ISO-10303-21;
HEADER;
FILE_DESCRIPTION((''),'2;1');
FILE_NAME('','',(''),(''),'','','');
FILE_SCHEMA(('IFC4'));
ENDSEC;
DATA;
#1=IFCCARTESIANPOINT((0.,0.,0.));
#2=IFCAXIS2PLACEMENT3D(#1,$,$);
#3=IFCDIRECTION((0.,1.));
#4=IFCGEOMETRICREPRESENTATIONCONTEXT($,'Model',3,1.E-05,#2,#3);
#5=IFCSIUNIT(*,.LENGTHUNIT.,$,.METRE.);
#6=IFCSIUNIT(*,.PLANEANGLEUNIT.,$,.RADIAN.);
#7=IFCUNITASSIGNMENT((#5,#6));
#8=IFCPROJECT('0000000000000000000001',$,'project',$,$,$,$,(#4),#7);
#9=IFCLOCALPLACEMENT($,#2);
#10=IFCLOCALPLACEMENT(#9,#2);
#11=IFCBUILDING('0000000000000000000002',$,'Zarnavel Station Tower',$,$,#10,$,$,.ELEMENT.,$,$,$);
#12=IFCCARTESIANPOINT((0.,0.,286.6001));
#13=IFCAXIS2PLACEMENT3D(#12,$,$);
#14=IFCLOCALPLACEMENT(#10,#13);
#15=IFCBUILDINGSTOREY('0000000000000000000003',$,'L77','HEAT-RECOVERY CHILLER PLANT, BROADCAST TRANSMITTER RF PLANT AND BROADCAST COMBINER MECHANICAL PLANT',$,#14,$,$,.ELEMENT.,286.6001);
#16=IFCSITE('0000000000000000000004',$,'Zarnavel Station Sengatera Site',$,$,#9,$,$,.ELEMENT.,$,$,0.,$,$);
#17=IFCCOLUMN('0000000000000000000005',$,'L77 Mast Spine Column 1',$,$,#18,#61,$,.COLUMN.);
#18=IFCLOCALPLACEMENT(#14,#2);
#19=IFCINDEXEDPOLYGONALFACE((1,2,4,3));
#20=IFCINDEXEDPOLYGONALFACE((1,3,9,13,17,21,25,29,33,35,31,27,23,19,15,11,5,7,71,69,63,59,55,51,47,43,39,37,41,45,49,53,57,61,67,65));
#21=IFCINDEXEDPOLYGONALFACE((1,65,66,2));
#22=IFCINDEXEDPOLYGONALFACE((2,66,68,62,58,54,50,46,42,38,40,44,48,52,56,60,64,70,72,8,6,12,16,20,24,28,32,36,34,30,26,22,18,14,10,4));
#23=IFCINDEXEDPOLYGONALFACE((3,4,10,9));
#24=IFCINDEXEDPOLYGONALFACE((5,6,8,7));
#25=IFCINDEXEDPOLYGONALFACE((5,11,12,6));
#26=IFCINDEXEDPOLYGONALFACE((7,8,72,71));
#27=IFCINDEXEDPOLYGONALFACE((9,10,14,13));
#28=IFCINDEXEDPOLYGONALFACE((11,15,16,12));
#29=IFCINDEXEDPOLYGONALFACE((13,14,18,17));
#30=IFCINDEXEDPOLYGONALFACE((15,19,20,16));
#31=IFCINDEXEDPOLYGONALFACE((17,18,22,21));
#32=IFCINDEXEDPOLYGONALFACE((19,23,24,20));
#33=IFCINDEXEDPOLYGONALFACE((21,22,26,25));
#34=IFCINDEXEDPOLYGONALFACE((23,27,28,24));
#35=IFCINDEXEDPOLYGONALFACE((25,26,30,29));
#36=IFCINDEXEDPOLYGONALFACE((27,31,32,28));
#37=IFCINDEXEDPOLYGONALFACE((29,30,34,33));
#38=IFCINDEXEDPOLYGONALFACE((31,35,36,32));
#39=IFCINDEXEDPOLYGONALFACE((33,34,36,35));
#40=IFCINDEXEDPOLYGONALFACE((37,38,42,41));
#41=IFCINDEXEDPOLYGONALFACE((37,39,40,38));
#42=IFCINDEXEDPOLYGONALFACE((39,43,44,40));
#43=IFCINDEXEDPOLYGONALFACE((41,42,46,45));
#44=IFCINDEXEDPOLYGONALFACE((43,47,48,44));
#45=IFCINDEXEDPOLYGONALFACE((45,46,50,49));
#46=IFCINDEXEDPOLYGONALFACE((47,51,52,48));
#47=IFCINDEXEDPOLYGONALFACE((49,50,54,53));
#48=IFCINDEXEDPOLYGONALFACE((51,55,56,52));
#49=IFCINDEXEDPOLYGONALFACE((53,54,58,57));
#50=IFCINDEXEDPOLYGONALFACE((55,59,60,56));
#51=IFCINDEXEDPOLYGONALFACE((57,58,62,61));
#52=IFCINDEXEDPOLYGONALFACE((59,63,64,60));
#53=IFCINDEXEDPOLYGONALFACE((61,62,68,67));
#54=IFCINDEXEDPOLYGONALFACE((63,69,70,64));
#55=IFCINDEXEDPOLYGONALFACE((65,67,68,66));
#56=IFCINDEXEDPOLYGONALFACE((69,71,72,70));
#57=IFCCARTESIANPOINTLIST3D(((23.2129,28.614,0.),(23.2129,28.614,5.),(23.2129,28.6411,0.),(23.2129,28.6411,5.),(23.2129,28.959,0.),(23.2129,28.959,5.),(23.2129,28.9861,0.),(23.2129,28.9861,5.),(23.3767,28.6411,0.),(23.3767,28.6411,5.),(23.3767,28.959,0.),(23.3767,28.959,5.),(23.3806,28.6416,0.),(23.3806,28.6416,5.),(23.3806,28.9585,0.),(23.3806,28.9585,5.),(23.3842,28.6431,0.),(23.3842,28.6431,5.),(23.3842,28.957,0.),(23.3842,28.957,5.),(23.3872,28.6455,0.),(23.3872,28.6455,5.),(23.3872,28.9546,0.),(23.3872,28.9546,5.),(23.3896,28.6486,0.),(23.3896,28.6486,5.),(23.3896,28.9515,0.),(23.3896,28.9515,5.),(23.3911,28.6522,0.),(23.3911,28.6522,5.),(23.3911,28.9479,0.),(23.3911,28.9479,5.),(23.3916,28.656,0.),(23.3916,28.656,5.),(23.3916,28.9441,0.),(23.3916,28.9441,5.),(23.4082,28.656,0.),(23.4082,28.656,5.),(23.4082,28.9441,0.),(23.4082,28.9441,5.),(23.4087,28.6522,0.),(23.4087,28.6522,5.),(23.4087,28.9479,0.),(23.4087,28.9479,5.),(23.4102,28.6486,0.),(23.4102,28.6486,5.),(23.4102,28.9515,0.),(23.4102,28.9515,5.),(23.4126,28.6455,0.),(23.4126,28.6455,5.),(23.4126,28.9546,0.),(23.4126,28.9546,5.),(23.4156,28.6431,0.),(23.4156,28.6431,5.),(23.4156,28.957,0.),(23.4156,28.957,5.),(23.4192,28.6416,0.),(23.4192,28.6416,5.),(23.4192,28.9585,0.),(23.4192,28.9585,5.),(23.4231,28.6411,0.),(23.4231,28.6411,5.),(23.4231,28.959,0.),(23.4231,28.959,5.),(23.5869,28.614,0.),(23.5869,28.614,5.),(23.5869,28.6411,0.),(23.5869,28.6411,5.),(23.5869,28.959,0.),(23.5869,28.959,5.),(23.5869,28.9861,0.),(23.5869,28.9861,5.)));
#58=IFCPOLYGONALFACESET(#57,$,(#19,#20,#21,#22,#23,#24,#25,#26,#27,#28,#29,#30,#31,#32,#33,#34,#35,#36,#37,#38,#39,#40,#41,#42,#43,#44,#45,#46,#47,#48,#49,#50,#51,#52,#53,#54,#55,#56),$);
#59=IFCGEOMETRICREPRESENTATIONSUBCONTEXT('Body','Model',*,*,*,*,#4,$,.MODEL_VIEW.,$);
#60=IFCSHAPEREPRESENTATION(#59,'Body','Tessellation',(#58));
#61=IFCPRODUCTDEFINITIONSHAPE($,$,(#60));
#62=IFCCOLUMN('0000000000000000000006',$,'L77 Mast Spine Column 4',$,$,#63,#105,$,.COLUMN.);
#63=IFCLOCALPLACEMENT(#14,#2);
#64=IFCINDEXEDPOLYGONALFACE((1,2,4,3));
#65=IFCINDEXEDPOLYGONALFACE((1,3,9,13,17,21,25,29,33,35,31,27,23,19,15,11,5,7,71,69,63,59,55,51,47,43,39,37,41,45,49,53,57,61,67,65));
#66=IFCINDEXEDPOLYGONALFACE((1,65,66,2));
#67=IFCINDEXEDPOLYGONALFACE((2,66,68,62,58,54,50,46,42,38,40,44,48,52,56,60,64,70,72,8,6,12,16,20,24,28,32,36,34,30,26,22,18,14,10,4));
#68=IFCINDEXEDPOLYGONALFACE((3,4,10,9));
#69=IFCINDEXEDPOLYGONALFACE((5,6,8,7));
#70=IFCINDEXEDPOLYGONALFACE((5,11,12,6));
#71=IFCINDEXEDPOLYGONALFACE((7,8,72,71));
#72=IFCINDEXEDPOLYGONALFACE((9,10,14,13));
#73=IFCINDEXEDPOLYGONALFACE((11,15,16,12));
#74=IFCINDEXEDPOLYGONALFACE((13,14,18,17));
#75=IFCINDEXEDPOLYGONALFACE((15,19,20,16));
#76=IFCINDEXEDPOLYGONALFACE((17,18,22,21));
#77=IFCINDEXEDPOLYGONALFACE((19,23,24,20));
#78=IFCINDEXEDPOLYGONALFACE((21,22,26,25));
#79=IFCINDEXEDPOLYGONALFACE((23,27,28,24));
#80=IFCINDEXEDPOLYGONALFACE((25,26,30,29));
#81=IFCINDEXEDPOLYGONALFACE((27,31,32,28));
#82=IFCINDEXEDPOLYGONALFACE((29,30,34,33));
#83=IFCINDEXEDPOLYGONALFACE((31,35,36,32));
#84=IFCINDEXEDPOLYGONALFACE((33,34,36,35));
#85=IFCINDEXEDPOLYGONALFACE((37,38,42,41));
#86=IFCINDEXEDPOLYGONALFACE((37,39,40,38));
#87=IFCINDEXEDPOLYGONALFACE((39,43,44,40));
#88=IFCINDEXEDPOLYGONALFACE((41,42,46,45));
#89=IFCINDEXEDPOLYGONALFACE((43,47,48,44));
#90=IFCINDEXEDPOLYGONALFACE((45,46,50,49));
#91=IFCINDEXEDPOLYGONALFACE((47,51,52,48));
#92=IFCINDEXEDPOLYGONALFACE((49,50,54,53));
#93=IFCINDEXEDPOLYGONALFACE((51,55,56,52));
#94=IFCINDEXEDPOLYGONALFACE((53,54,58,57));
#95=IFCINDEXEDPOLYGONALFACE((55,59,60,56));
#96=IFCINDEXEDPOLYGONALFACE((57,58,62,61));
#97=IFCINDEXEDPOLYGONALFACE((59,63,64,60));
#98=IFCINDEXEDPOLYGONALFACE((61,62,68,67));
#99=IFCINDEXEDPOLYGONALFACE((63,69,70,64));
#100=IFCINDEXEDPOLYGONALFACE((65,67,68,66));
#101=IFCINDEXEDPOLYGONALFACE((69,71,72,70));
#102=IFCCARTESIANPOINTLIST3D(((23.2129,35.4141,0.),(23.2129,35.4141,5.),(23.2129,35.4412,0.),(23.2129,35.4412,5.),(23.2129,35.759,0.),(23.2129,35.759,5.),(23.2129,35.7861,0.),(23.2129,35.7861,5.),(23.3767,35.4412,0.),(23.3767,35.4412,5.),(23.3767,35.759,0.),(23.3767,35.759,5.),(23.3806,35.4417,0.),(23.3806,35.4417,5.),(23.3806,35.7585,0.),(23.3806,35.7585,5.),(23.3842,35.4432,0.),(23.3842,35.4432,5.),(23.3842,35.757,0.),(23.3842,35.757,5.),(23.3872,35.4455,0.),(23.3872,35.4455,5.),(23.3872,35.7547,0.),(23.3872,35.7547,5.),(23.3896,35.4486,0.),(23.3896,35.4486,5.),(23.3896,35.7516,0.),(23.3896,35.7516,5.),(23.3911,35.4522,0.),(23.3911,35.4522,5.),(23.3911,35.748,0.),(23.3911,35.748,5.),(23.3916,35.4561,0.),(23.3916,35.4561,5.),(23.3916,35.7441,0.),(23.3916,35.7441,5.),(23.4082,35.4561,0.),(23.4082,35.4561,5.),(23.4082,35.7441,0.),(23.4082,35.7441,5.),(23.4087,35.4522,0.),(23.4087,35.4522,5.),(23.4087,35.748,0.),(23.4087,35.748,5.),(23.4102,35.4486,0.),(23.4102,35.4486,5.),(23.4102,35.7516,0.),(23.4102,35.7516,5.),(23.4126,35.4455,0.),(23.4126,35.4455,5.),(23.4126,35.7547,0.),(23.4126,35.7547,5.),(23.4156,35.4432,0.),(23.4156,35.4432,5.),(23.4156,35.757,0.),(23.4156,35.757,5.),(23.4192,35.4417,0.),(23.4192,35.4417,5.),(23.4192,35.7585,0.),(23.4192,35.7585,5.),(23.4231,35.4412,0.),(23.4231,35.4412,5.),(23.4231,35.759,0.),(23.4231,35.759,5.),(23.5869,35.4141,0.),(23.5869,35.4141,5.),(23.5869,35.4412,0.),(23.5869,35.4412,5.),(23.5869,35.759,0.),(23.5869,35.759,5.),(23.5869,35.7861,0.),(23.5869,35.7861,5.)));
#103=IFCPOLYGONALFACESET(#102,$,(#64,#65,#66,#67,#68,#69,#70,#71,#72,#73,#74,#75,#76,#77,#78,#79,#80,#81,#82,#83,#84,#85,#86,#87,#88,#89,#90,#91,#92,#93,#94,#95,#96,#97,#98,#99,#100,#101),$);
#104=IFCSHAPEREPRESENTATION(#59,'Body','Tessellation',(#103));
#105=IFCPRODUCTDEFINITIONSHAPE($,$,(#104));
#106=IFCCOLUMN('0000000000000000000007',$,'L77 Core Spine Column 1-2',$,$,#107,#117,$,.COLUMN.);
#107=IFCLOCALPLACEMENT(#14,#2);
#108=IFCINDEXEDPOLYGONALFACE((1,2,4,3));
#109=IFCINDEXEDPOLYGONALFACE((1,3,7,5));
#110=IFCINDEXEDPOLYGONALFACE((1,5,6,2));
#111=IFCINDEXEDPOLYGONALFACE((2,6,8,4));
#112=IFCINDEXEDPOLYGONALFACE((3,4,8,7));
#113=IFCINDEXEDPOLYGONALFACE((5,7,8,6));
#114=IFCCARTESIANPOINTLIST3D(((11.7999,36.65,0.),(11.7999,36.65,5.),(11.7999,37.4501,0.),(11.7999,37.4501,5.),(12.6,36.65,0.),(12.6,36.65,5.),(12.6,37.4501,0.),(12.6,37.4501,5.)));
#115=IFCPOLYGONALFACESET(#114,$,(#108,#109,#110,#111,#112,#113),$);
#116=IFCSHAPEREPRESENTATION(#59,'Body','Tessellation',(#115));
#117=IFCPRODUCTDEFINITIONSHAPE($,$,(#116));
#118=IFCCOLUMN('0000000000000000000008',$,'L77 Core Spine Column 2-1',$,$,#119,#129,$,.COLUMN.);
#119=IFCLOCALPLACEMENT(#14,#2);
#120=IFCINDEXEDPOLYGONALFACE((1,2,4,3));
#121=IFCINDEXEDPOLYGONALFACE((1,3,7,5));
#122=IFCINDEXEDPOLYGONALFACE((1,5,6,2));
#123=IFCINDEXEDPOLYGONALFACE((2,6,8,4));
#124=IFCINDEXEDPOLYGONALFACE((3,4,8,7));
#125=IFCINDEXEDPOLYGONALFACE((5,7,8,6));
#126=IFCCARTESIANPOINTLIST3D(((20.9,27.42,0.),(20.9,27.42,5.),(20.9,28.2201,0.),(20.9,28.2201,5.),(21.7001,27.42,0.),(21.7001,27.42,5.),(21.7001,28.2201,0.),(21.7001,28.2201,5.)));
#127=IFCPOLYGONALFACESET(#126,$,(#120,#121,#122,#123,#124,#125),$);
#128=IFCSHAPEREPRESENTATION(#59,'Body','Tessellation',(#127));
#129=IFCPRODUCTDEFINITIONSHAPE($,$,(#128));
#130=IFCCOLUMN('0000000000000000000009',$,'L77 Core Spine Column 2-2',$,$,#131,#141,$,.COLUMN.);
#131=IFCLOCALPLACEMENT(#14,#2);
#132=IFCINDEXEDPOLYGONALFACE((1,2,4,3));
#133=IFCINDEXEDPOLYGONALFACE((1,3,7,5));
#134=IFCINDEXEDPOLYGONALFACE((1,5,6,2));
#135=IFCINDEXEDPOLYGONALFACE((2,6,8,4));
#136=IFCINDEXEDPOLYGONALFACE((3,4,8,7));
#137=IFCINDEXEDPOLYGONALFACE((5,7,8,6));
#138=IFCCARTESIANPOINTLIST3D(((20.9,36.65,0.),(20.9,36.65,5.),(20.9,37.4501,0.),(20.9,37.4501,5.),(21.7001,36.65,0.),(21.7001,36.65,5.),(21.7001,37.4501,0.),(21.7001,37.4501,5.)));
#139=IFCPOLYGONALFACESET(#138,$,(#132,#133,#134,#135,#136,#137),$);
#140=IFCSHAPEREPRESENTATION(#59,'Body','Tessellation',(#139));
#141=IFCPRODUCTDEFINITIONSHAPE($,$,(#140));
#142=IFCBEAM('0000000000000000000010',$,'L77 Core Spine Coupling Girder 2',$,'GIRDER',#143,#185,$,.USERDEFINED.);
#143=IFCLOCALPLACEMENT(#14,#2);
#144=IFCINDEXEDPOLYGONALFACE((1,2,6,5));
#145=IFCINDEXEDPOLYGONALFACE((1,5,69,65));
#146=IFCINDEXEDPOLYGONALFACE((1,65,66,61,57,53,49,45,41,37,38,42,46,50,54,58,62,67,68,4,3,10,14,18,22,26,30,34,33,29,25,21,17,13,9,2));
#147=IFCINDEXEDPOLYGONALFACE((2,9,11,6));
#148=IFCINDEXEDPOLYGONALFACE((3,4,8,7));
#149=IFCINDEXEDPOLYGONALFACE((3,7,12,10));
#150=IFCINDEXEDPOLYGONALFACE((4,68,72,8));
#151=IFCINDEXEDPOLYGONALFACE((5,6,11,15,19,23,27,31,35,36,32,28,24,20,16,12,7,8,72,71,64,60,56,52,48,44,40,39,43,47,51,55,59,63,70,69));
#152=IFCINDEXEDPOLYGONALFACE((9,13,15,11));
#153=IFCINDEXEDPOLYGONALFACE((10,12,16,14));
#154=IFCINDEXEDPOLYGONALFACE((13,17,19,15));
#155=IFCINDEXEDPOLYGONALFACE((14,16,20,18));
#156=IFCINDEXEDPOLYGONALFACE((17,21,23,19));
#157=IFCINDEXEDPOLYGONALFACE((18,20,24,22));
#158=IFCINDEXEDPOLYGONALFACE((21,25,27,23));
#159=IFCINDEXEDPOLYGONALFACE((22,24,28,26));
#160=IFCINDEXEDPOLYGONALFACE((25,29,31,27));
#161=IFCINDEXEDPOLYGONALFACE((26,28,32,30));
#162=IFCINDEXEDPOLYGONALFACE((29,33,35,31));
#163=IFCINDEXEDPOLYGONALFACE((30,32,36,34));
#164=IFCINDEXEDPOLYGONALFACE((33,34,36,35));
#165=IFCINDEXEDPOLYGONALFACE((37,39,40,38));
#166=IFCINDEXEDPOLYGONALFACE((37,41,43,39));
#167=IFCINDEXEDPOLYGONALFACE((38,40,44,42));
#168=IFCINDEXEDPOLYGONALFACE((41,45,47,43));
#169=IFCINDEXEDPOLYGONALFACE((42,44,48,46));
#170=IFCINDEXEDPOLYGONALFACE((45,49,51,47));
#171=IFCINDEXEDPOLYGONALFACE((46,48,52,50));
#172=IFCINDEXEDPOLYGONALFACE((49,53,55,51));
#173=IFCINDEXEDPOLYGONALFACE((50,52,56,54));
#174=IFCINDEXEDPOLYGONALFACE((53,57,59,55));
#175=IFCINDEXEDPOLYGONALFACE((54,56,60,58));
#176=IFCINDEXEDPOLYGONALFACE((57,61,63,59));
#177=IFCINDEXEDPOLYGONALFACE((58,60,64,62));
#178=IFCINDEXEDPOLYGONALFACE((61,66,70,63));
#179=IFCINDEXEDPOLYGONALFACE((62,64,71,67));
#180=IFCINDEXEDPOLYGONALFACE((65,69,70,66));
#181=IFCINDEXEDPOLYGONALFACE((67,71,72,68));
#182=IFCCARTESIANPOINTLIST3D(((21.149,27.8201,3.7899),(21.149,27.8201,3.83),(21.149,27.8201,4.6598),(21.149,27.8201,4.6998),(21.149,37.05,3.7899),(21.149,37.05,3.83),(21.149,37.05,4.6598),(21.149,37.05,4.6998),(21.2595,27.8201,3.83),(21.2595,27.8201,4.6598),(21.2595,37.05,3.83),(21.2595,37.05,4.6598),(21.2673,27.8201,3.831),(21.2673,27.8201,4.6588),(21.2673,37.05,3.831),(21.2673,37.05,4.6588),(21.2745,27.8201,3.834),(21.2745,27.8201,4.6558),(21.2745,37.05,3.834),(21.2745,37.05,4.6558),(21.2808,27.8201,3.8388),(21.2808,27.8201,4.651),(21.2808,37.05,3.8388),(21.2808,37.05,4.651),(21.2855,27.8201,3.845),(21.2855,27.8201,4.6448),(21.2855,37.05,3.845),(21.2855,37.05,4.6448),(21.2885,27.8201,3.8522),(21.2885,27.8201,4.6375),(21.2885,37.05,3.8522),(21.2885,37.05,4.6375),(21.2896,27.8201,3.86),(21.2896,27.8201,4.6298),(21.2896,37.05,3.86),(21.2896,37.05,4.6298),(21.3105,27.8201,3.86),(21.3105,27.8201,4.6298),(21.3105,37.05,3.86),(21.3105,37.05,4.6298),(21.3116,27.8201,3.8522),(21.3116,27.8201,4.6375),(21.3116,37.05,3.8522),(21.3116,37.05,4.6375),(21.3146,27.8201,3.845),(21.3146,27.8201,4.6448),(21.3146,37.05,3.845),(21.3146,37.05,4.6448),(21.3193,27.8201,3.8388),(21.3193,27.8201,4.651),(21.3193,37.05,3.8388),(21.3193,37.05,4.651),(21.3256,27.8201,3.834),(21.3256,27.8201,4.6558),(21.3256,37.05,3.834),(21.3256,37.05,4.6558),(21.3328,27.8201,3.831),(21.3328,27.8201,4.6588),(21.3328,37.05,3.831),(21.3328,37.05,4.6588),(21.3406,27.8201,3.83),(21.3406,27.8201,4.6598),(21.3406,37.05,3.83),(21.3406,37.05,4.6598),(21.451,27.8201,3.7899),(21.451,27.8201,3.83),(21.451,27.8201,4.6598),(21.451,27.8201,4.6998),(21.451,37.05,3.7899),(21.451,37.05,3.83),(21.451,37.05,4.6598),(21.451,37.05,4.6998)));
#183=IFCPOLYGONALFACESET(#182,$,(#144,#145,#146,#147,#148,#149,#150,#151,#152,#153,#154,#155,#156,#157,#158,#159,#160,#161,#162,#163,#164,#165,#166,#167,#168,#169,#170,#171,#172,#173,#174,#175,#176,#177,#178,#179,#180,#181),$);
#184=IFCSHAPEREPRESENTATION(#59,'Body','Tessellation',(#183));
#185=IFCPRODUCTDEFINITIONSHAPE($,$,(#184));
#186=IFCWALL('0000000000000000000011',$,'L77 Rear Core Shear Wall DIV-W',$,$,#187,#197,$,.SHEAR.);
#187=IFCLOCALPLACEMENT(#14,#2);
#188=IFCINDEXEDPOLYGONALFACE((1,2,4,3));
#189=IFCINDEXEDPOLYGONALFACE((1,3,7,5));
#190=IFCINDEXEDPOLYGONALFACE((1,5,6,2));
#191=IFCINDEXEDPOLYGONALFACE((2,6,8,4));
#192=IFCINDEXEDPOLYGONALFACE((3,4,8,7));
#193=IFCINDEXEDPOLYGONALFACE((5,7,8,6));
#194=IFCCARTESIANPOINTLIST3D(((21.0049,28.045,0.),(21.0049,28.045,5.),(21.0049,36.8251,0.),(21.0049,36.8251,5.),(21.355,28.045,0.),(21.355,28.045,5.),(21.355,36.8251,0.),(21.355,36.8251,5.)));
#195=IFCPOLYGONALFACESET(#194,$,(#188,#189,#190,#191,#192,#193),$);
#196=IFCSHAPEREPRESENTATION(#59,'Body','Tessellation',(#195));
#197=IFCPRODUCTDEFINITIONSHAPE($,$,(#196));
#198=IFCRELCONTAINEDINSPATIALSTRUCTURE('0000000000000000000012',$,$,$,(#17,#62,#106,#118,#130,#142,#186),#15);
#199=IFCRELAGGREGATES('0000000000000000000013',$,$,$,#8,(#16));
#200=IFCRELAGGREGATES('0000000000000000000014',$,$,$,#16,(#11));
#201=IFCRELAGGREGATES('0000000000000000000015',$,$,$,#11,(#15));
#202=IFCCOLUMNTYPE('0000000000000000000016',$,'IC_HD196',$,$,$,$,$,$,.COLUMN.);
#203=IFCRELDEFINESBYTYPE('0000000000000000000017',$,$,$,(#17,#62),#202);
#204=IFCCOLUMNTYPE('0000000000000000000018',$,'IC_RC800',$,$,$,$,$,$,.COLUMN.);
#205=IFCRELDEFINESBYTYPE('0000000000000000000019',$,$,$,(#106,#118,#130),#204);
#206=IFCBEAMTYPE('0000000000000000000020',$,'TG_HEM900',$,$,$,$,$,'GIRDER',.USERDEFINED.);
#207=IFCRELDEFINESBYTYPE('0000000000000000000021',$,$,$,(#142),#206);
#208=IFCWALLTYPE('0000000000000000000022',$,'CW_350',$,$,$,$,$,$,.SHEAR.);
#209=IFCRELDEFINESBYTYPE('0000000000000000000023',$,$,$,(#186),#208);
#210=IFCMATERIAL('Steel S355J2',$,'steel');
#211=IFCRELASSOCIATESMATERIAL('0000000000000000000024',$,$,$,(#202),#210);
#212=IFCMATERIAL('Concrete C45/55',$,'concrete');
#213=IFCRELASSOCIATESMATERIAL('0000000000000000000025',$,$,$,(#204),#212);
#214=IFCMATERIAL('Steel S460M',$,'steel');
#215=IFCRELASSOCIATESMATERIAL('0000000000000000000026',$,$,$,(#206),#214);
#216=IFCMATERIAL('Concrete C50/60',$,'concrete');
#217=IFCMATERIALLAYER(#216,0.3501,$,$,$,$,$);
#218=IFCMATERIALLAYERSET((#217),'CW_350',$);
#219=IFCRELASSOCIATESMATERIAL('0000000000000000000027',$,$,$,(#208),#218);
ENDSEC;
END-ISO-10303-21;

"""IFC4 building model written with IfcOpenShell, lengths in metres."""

from ifc_helpers import new_model, si_unit, direction, frame, frame_2d, origin, origin_2d, place, context, subcontext, project, spatial, rectangle, i_section, extrude, material, layer, layer_set, material_profile, profile_set, type_object, element, save


model = new_model("IFC4")

# Units and contexts
model_context = context("Model", 3, precision=1e-05, world=origin(), true_north=direction((0.0, 1.0)))
body_context = subcontext(model_context, "Body", "Model", "MODEL_VIEW")
ifc_project = project(units=[si_unit("LENGTHUNIT", "METRE"), si_unit("PLANEANGLEUNIT", "RADIAN")], contexts=[model_context])

# Site, building, storey
site_placement = place(None, origin())
site = spatial("IfcSite", under=ifc_project, at=site_placement, Name="Zarnavel Station Sengatera Site", CompositionType="ELEMENT", RefElevation=0.0)
building_placement = place(site_placement, origin())
building = spatial("IfcBuilding", under=site, at=building_placement, Name="Zarnavel Station Tower", CompositionType="ELEMENT")
storey_placement = place(building_placement, frame((0.0, 0.0, 286.6001)))
storey = spatial("IfcBuildingStorey", under=building, at=storey_placement, Name="L77", Description="HEAT-RECOVERY CHILLER PLANT, BROADCAST TRANSMITTER RF PLANT AND BROADCAST COMBINER MECHANICAL PLANT", CompositionType="ELEMENT", Elevation=286.6001)

# Columns
ifc_material_1 = material(Name="Steel S355J2", Category="steel")
ifc_material_profile_1 = material_profile(ifc_material_1, i_section(OverallWidth=0.374, OverallDepth=0.3721, WebThickness=0.0166, FlangeThickness=0.0271, FilletRadius=0.0149, at=origin_2d()), Name="HD360x196")
ifc_profile_set_1 = profile_set([ifc_material_profile_1], Name="Steel S355J2")
column_type_1 = type_object("IfcColumnType", Name="IC_HD196", PredefinedType="COLUMN", material=ifc_profile_set_1)
for number, where, z_axis, x_axis, name in (
    (1, (23.3999, 28.8, 0.0), (0.0, 0.0, 1.0), (1.0, 0.0, 0.0), "L77 Mast Spine Column 1"),
    (2, (23.3999, 35.6001, 0.0), (0.0, 0.0, 1.0), (1.0, 0.0, 0.0), "L77 Mast Spine Column 4"),
):
    element("IfcColumn", number, at=place(storey_placement, frame(where, z_axis=z_axis, x_axis=x_axis)), inside=storey, type_object=column_type_1, Name=name, PredefinedType="COLUMN", context=body_context, shape_type="SweptSolid", body=[
        extrude(i_section(OverallWidth=0.374, OverallDepth=0.3721, WebThickness=0.0166, FlangeThickness=0.0271, FilletRadius=0.0149, at=origin_2d()), origin(), (0.0, 0.0, 1.0), 5.0),
    ])
ifc_material_2 = material(Name="Concrete C45/55", Category="concrete")
ifc_material_profile_2 = material_profile(ifc_material_2, rectangle(XDim=0.8, YDim=0.8, at=origin_2d()), Name="RC800x800")
ifc_profile_set_2 = profile_set([ifc_material_profile_2], Name="Concrete C45/55")
column_type_2 = type_object("IfcColumnType", Name="IC_RC800", PredefinedType="COLUMN", material=ifc_profile_set_2)
for number, where, z_axis, x_axis, name in (
    (3, (12.2, 37.05, 0.0), (0.0, 0.0, 1.0), (1.0, 0.0, 0.0), "L77 Core Spine Column 1-2"),
    (4, (21.3, 27.8201, 0.0), (0.0, 0.0, 1.0), (1.0, 0.0, 0.0), "L77 Core Spine Column 2-1"),
    (5, (21.3, 37.05, 0.0), (0.0, 0.0, 1.0), (1.0, 0.0, 0.0), "L77 Core Spine Column 2-2"),
):
    element("IfcColumn", number, at=place(storey_placement, frame(where, z_axis=z_axis, x_axis=x_axis)), inside=storey, type_object=column_type_2, Name=name, PredefinedType="COLUMN", context=body_context, shape_type="SweptSolid", body=[
        extrude(rectangle(XDim=0.8, YDim=0.8, at=origin_2d()), origin(), (0.0, 0.0, 1.0), 5.0),
    ])

# Beam
ifc_material_3 = material(Name="Steel S460M", Category="steel")
ifc_material_profile_3 = material_profile(ifc_material_3, i_section(OverallWidth=0.302, OverallDepth=0.9099, WebThickness=0.021, FlangeThickness=0.04, FilletRadius=0.03, at=origin_2d()), Name="HEM900")
ifc_profile_set_3 = profile_set([ifc_material_profile_3], Name="Steel S460M")
beam_type = type_object("IfcBeamType", Name="TG_HEM900", ElementType="GIRDER", PredefinedType="USERDEFINED", material=ifc_profile_set_3)
beam_placement = place(storey_placement, frame((21.3, 27.8201, 4.2449), z_axis=(0.0, 1.0, 0.0), x_axis=(-1.0, 0.0, 0.0)))
element("IfcBeam", 6, at=beam_placement, inside=storey, type_object=beam_type, Name="L77 Core Spine Coupling Girder 2", ObjectType="GIRDER", PredefinedType="USERDEFINED", context=body_context, shape_type="SweptSolid", body=[
    extrude(i_section(OverallWidth=0.302, OverallDepth=0.9099, WebThickness=0.021, FlangeThickness=0.04, FilletRadius=0.03, at=origin_2d()), origin(), (0.0, 0.0, 1.0), 9.23),
])

# Wall
ifc_material_4 = material(Name="Concrete C50/60", Category="concrete")
ifc_layer_1 = layer(ifc_material_4, 0.3501)
ifc_layer_set_1 = layer_set([ifc_layer_1], Name="CW_350")
wall_type_1 = type_object("IfcWallType", Name="CW_350", PredefinedType="SHEAR", material=ifc_layer_set_1)
wall_1_placement = place(storey_placement, frame((21.1799, 28.0449, 0.0), z_axis=(0.0, 0.0, 1.0), x_axis=(0.0, 1.0, 0.0)))
element("IfcWall", 7, at=wall_1_placement, inside=storey, type_object=wall_type_1, Name="L77 Rear Core Shear Wall DIV-W", PredefinedType="SHEAR", context=body_context, shape_type="SweptSolid", body=[
    extrude(rectangle(XDim=8.78, YDim=0.3501, at=frame_2d((4.3901, 0.0))), origin(), (0.0, 0.0, 1.0), 5.0),
])

save(model, "model.ifc")
